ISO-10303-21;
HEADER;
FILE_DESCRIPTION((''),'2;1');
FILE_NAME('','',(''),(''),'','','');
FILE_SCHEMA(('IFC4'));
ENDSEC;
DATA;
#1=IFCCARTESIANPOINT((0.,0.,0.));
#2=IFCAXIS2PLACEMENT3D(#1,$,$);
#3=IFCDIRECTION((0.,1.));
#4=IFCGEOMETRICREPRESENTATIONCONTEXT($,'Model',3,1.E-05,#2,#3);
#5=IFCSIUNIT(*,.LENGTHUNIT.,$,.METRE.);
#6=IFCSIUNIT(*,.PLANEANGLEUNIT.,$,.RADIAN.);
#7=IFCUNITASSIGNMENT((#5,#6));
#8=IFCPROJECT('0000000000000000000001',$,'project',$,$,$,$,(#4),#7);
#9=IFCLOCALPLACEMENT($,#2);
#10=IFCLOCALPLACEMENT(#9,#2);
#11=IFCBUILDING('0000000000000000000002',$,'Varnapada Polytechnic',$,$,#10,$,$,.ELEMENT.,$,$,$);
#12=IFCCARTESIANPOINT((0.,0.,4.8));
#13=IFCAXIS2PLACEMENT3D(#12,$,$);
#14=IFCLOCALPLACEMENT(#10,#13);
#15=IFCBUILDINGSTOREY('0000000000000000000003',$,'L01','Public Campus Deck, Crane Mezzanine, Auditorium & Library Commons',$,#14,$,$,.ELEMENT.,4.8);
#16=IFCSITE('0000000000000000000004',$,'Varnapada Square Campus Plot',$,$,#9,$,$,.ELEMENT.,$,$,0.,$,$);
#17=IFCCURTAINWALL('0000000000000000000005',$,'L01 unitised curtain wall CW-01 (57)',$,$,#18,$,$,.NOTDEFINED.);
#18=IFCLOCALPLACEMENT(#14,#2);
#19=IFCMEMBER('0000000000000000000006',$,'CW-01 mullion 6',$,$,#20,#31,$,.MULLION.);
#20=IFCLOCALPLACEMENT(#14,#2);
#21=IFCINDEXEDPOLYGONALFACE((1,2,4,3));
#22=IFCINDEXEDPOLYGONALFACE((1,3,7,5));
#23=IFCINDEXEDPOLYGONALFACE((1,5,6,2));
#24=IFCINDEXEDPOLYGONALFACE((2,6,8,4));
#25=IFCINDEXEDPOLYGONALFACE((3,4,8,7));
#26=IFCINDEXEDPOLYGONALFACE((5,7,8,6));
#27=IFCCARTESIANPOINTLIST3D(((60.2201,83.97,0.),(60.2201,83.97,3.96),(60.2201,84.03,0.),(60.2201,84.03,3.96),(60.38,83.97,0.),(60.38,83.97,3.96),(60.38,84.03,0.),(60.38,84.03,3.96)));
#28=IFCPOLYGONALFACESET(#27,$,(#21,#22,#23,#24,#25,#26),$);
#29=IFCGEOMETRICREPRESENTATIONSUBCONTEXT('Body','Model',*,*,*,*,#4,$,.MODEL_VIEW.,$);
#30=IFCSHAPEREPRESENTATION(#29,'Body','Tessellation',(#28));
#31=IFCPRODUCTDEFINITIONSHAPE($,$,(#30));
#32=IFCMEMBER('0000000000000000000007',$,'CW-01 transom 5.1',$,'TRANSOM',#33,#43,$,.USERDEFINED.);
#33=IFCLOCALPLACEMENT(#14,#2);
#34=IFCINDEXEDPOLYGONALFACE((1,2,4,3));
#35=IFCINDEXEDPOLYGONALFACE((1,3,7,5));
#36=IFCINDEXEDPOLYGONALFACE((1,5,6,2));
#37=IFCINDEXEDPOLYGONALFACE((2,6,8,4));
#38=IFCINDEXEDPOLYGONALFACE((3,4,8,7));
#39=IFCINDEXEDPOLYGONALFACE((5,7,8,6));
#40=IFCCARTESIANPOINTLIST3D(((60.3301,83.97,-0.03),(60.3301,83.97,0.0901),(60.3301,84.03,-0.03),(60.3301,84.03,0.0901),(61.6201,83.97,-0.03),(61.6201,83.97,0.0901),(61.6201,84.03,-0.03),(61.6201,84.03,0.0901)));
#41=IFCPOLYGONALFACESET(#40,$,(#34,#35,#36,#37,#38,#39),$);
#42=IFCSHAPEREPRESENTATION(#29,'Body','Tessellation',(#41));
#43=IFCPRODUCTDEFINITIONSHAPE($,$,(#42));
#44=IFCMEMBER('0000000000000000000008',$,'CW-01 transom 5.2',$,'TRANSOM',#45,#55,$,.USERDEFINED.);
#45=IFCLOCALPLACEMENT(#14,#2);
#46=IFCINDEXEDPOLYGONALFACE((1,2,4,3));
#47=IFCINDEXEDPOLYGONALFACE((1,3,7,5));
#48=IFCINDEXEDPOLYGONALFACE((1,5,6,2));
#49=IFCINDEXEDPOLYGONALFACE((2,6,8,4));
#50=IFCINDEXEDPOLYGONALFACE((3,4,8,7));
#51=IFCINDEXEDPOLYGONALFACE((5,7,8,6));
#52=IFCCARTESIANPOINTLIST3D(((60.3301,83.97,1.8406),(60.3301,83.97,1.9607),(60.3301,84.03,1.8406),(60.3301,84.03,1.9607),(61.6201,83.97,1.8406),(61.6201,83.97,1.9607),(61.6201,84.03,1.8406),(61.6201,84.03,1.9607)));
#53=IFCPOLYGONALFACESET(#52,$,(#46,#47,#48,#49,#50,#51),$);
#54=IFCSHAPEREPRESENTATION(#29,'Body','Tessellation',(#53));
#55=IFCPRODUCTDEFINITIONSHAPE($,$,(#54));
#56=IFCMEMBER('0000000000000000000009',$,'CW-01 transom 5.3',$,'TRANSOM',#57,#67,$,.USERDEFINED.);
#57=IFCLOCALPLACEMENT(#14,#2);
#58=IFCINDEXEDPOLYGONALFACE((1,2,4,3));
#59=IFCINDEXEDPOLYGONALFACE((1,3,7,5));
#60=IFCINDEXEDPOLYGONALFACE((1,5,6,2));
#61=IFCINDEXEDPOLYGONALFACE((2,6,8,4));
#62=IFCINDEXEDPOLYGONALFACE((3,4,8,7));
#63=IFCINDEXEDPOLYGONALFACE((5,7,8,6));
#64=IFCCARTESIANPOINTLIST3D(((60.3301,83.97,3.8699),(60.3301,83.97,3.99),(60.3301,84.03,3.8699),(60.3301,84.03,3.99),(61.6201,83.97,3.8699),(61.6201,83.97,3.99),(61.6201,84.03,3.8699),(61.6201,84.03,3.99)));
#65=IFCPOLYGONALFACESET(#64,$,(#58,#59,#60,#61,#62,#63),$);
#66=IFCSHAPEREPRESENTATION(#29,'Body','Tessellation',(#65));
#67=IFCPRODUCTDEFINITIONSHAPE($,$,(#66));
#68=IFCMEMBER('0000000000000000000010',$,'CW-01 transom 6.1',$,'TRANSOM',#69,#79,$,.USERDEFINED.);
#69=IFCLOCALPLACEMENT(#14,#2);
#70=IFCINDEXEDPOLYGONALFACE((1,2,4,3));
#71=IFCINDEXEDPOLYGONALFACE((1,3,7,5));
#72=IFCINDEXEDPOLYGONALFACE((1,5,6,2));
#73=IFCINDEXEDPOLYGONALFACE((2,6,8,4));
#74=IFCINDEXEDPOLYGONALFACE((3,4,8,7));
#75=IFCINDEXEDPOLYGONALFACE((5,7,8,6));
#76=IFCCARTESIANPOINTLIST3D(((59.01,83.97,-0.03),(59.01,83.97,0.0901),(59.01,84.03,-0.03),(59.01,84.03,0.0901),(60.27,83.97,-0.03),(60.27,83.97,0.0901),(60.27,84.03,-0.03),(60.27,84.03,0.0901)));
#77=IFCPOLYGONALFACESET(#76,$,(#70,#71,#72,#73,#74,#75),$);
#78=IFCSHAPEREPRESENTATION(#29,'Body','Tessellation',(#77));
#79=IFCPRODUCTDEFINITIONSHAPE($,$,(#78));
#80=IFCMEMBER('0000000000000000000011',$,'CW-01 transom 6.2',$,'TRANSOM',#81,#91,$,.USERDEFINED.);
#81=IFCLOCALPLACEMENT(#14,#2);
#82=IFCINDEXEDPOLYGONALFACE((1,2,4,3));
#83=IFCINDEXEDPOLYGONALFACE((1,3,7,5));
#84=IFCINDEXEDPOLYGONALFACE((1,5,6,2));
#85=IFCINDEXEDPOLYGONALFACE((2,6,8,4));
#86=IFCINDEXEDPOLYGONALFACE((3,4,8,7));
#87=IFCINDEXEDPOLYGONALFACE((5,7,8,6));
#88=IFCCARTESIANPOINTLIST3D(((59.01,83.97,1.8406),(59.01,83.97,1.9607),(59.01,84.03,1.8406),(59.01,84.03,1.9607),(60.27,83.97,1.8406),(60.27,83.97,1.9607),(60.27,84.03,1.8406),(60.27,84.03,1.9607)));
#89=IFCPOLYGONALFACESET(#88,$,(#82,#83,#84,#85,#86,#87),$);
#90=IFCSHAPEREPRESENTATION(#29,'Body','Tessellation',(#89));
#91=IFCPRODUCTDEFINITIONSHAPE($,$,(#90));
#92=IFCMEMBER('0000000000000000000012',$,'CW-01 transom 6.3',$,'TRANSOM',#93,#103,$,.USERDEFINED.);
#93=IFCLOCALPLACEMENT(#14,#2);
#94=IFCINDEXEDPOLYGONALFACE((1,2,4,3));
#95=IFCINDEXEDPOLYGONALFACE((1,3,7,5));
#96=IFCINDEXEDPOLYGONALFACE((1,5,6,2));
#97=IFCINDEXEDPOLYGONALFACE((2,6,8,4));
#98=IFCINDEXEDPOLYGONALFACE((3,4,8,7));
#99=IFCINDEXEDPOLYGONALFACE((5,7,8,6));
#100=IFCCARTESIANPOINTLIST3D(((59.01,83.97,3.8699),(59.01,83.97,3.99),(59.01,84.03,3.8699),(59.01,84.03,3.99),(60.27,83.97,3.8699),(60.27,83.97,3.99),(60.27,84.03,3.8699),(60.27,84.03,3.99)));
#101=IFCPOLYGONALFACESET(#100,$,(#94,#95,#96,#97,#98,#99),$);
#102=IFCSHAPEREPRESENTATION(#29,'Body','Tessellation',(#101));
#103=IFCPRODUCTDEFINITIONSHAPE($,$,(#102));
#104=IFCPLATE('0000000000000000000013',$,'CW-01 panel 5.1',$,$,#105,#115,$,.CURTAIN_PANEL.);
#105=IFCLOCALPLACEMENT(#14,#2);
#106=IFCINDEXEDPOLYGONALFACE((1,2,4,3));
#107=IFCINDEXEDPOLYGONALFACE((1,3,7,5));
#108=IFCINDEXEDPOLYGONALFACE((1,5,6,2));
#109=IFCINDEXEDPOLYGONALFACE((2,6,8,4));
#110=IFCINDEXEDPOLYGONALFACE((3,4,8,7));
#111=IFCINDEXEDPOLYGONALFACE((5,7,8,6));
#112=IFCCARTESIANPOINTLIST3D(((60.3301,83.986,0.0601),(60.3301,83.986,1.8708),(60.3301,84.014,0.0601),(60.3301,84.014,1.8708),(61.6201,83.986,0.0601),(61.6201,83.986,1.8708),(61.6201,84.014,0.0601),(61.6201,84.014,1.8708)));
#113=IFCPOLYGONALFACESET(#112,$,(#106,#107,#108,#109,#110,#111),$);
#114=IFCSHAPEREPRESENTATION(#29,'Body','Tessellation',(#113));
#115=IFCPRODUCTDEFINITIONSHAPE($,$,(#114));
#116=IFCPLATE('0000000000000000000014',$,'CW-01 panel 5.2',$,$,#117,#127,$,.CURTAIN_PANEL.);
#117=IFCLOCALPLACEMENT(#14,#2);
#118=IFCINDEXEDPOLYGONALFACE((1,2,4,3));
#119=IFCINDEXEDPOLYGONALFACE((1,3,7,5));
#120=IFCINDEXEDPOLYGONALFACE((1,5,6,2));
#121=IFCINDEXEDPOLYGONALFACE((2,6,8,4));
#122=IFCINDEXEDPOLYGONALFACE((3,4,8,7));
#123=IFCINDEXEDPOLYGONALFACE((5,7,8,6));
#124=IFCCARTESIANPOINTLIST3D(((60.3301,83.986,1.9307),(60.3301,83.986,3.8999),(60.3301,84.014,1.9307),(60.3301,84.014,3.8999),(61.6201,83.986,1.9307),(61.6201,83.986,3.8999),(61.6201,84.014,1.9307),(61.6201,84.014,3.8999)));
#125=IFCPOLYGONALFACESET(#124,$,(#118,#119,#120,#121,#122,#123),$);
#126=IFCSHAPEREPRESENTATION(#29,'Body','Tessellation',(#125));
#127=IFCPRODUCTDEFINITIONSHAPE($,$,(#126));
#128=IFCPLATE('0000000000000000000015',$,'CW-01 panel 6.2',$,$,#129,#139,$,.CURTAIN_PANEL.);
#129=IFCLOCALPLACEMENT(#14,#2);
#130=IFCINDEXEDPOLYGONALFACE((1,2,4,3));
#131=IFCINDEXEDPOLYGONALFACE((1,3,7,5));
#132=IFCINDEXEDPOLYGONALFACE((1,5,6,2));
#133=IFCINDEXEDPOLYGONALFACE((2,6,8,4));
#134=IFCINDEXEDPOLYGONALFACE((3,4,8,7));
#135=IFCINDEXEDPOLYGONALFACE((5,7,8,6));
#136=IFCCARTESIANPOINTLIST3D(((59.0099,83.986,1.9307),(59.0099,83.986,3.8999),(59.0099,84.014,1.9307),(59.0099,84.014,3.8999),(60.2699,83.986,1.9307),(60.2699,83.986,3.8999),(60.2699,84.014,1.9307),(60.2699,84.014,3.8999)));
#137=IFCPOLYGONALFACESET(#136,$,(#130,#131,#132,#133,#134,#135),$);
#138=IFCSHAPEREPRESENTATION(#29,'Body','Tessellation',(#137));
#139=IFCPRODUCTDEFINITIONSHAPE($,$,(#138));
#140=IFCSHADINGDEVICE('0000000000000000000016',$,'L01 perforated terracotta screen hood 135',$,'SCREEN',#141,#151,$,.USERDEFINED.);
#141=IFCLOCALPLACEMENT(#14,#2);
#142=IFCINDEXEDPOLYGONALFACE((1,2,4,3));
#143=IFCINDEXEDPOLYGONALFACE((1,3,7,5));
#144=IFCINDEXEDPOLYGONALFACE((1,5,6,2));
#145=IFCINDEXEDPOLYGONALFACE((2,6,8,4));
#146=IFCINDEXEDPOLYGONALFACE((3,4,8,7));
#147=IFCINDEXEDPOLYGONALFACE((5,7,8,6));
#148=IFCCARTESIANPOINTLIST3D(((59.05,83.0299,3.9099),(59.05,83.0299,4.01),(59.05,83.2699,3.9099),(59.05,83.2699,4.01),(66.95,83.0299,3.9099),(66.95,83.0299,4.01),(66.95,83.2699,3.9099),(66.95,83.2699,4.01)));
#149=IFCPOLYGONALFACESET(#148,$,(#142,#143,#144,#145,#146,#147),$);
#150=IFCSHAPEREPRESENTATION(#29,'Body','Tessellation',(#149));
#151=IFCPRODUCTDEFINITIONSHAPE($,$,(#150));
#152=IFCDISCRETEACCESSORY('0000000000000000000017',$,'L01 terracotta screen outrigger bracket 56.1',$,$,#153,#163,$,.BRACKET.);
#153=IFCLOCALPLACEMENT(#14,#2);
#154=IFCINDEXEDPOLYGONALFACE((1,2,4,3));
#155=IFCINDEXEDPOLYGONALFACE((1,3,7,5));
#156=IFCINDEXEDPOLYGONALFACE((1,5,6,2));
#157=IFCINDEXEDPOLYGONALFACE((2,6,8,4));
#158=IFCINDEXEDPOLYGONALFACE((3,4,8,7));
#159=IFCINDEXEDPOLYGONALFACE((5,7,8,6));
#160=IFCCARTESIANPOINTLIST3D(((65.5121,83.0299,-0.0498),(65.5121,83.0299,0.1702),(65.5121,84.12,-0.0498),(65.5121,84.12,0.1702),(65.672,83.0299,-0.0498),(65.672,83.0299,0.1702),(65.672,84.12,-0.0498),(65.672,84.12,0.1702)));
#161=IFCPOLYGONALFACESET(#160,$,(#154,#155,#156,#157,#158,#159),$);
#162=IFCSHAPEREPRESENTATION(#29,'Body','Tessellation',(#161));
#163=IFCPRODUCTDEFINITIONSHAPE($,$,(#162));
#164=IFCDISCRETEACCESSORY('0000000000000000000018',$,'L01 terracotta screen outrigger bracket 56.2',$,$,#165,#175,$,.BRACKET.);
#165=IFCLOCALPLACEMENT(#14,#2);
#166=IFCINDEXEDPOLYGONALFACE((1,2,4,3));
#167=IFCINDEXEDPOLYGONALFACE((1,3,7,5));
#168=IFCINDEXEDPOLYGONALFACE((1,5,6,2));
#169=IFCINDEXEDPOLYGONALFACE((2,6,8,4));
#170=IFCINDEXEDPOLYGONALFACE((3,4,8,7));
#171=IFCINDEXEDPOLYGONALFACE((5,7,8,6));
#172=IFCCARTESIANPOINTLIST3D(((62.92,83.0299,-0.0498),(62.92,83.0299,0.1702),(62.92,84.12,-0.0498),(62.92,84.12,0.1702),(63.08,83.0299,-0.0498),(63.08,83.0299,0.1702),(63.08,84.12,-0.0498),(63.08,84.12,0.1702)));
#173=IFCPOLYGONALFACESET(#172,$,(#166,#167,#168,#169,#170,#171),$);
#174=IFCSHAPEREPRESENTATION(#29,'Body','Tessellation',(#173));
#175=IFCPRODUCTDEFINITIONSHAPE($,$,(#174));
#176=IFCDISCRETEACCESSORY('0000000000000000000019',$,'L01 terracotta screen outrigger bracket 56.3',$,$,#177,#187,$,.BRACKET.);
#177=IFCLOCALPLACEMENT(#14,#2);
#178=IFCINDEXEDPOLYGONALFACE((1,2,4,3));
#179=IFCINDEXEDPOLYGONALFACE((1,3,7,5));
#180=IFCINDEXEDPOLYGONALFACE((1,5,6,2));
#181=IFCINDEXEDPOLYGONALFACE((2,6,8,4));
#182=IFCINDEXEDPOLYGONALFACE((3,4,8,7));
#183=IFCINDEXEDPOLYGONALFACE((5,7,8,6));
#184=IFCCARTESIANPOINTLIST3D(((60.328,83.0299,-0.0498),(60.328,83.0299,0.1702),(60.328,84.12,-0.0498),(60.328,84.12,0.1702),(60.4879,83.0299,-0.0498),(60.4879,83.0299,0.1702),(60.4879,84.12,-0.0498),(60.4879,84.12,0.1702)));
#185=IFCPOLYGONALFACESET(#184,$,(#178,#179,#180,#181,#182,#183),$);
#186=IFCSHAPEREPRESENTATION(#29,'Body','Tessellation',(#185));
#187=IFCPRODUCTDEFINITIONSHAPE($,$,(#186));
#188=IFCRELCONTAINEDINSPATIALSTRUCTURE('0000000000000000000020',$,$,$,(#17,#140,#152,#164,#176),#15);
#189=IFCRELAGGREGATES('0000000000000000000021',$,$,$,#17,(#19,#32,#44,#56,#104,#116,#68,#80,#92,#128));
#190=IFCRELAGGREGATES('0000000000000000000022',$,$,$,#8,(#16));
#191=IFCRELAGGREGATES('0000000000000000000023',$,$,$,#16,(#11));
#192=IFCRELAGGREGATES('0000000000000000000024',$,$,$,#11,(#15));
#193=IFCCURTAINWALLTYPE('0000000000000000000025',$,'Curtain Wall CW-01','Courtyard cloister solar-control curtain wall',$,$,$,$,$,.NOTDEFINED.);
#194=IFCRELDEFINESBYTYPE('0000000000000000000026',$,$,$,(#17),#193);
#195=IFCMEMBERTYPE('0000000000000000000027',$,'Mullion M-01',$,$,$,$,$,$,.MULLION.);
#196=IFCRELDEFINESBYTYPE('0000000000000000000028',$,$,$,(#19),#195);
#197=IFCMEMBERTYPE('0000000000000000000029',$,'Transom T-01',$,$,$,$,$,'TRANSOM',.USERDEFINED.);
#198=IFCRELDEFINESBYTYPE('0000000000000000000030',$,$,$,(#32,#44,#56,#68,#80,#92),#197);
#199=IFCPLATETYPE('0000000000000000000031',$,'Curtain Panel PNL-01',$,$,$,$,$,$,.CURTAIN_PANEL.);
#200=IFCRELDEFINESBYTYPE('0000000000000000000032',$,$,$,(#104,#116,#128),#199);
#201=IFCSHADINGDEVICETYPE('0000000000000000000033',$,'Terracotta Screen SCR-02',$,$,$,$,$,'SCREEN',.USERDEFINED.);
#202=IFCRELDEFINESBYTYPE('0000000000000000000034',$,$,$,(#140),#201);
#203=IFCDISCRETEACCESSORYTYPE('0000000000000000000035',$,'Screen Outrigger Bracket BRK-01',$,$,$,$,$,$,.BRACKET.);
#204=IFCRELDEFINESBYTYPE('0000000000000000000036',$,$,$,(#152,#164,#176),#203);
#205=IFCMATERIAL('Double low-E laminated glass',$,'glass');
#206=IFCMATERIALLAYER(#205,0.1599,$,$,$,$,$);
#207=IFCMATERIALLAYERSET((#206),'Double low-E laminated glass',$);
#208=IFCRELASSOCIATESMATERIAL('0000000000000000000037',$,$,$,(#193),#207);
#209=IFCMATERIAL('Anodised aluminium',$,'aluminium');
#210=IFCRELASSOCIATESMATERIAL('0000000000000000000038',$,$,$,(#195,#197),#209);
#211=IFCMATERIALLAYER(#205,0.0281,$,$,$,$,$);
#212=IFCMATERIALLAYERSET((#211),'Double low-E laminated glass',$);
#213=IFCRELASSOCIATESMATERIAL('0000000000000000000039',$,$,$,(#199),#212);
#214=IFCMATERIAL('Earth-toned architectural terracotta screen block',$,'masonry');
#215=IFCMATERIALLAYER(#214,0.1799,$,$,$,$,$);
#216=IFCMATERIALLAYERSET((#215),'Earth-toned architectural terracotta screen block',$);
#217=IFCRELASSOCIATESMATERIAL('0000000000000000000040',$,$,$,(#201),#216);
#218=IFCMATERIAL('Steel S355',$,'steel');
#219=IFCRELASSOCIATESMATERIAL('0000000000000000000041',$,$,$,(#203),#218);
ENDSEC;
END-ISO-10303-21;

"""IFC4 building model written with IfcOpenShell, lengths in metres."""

from ifc_helpers import new_model, si_unit, direction, frame, origin, origin_2d, place, context, subcontext, project, spatial, rectangle, extrude, material, layer, layer_set, material_profile, profile_set, type_object, element, aggregate, save


model = new_model("IFC4")

# Units and contexts
model_context = context("Model", 3, precision=1e-05, world=origin(), true_north=direction((0.0, 1.0)))
body_context = subcontext(model_context, "Body", "Model", "MODEL_VIEW")
ifc_project = project(units=[si_unit("LENGTHUNIT", "METRE"), si_unit("PLANEANGLEUNIT", "RADIAN")], contexts=[model_context])

# Site, building, storey
site_placement = place(None, origin())
site = spatial("IfcSite", under=ifc_project, at=site_placement, Name="Varnapada Square Campus Plot", CompositionType="ELEMENT", RefElevation=0.0)
building_placement = place(site_placement, origin())
building = spatial("IfcBuilding", under=site, at=building_placement, Name="Varnapada Polytechnic", CompositionType="ELEMENT")
storey_placement = place(building_placement, frame((0.0, 0.0, 4.8)))
storey = spatial("IfcBuildingStorey", under=building, at=storey_placement, Name="L01", Description="Public Campus Deck, Crane Mezzanine, Auditorium & Library Commons", CompositionType="ELEMENT", Elevation=4.8)

# Curtain wall, members, plates
ifc_material_1 = material(Name="Double low-E laminated glass", Category="glass")
ifc_layer_1 = layer(ifc_material_1, 0.1599)
ifc_layer_set_1 = layer_set([ifc_layer_1], Name="Double low-E laminated glass")
curtain_wall_type = type_object("IfcCurtainWallType", Name="Curtain Wall CW-01", Description="Courtyard cloister solar-control curtain wall", PredefinedType="NOTDEFINED", material=ifc_layer_set_1)
curtain_wall_placement = place(storey_placement, origin())
curtain_wall = element("IfcCurtainWall", 1, at=curtain_wall_placement, inside=storey, type_object=curtain_wall_type, Name="L01 unitised curtain wall CW-01 (57)", PredefinedType="NOTDEFINED")
ifc_material_2 = material(Name="Anodised aluminium", Category="aluminium")
ifc_material_profile_1 = material_profile(ifc_material_2, rectangle(XDim=0.0601, YDim=0.1599, at=origin_2d()), Name="ALU M60x160")
ifc_profile_set_1 = profile_set([ifc_material_profile_1], Name="Anodised aluminium")
member_type_1 = type_object("IfcMemberType", Name="Mullion M-01", PredefinedType="MULLION", material=ifc_profile_set_1)
member_1_placement = place(storey_placement, frame((60.3, 84.0, 0.0), z_axis=(0.0, 0.0, 1.0), x_axis=(0.0, -1.0, 0.0)))
member_1 = element("IfcMember", 2, at=member_1_placement, type_object=member_type_1, Name="CW-01 mullion 6", PredefinedType="MULLION", context=body_context, shape_type="SweptSolid", body=[
    extrude(rectangle(XDim=0.0601, YDim=0.1599, at=origin_2d()), origin(), (0.0, 0.0, 1.0), 3.96),
])
ifc_material_profile_2 = material_profile(ifc_material_2, rectangle(XDim=0.0601, YDim=0.1201, at=origin_2d()), Name="ALU T60x120")
ifc_profile_set_2 = profile_set([ifc_material_profile_2], Name="Anodised aluminium")
member_type_2 = type_object("IfcMemberType", Name="Transom T-01", ElementType="TRANSOM", PredefinedType="USERDEFINED", material=ifc_profile_set_2)
member_2_placement = place(storey_placement, frame((61.6201, 84.0, 0.03), z_axis=(-1.0, 0.0, 0.0), x_axis=(0.0, -1.0, 0.0)))
member_2 = element("IfcMember", 3, at=member_2_placement, type_object=member_type_2, Name="CW-01 transom 5.1", ObjectType="TRANSOM", PredefinedType="USERDEFINED", context=body_context, shape_type="SweptSolid", body=[
    extrude(rectangle(XDim=0.0601, YDim=0.1201, at=origin_2d()), origin(), (0.0, 0.0, 1.0), 1.29),
])
member_3_placement = place(storey_placement, frame((61.6201, 84.0, 1.9006), z_axis=(-1.0, 0.0, 0.0), x_axis=(0.0, -1.0, 0.0)))
member_3 = element("IfcMember", 4, at=member_3_placement, type_object=member_type_2, Name="CW-01 transom 5.2", ObjectType="TRANSOM", PredefinedType="USERDEFINED", context=body_context, shape_type="SweptSolid", body=[
    extrude(rectangle(XDim=0.0601, YDim=0.1201, at=origin_2d()), origin(), (0.0, 0.0, 1.0), 1.29),
])
member_4_placement = place(storey_placement, frame((61.6201, 84.0, 3.9299), z_axis=(-1.0, 0.0, 0.0), x_axis=(0.0, -1.0, 0.0)))
member_4 = element("IfcMember", 5, at=member_4_placement, type_object=member_type_2, Name="CW-01 transom 5.3", ObjectType="TRANSOM", PredefinedType="USERDEFINED", context=body_context, shape_type="SweptSolid", body=[
    extrude(rectangle(XDim=0.0601, YDim=0.1201, at=origin_2d()), origin(), (0.0, 0.0, 1.0), 1.29),
])
member_5_placement = place(storey_placement, frame((60.27, 84.0, 0.03), z_axis=(-1.0, 0.0, 0.0), x_axis=(0.0, -1.0, 0.0)))
member_5 = element("IfcMember", 6, at=member_5_placement, type_object=member_type_2, Name="CW-01 transom 6.1", ObjectType="TRANSOM", PredefinedType="USERDEFINED", context=body_context, shape_type="SweptSolid", body=[
    extrude(rectangle(XDim=0.0601, YDim=0.1201, at=origin_2d()), origin(), (0.0, 0.0, 1.0), 1.26),
])
member_6_placement = place(storey_placement, frame((60.27, 84.0, 1.9006), z_axis=(-1.0, 0.0, 0.0), x_axis=(0.0, -1.0, 0.0)))
member_6 = element("IfcMember", 7, at=member_6_placement, type_object=member_type_2, Name="CW-01 transom 6.2", ObjectType="TRANSOM", PredefinedType="USERDEFINED", context=body_context, shape_type="SweptSolid", body=[
    extrude(rectangle(XDim=0.0601, YDim=0.1201, at=origin_2d()), origin(), (0.0, 0.0, 1.0), 1.26),
])
member_7_placement = place(storey_placement, frame((60.27, 84.0, 3.9299), z_axis=(-1.0, 0.0, 0.0), x_axis=(0.0, -1.0, 0.0)))
member_7 = element("IfcMember", 8, at=member_7_placement, type_object=member_type_2, Name="CW-01 transom 6.3", ObjectType="TRANSOM", PredefinedType="USERDEFINED", context=body_context, shape_type="SweptSolid", body=[
    extrude(rectangle(XDim=0.0601, YDim=0.1201, at=origin_2d()), origin(), (0.0, 0.0, 1.0), 1.26),
])
ifc_layer_2 = layer(ifc_material_1, 0.0281)
ifc_layer_set_2 = layer_set([ifc_layer_2], Name="Double low-E laminated glass")
plate_type = type_object("IfcPlateType", Name="Curtain Panel PNL-01", PredefinedType="CURTAIN_PANEL", material=ifc_layer_set_2)
plate_1_placement = place(storey_placement, frame((60.9751, 84.0, 0.0601), z_axis=(0.0, 0.0, 1.0), x_axis=(-1.0, 0.0, 0.0)))
plate_1 = element("IfcPlate", 9, at=plate_1_placement, type_object=plate_type, Name="CW-01 panel 5.1", PredefinedType="CURTAIN_PANEL", context=body_context, shape_type="SweptSolid", body=[
    extrude(rectangle(XDim=1.29, YDim=0.0281, at=origin_2d()), origin(), (0.0, 0.0, 1.0), 1.8108),
])
plate_2_placement = place(storey_placement, frame((60.9751, 84.0, 1.9307), z_axis=(0.0, 0.0, 1.0), x_axis=(-1.0, 0.0, 0.0)))
plate_2 = element("IfcPlate", 10, at=plate_2_placement, type_object=plate_type, Name="CW-01 panel 5.2", PredefinedType="CURTAIN_PANEL", context=body_context, shape_type="SweptSolid", body=[
    extrude(rectangle(XDim=1.29, YDim=0.0281, at=origin_2d()), origin(), (0.0, 0.0, 1.0), 1.9692),
])
plate_3_placement = place(storey_placement, frame((59.6399, 84.0, 1.9307), z_axis=(0.0, 0.0, 1.0), x_axis=(-1.0, 0.0, 0.0)))
plate_3 = element("IfcPlate", 11, at=plate_3_placement, type_object=plate_type, Name="CW-01 panel 6.2", PredefinedType="CURTAIN_PANEL", context=body_context, shape_type="SweptSolid", body=[
    extrude(rectangle(XDim=1.26, YDim=0.0281, at=origin_2d()), origin(), (0.0, 0.0, 1.0), 1.9692),
])
aggregate(curtain_wall, [member_1, member_2, member_3, member_4, plate_1, plate_2, member_5, member_6, member_7, plate_3])

# Shading device
ifc_material_3 = material(Name="Earth-toned architectural terracotta screen block", Category="masonry")
ifc_layer_3 = layer(ifc_material_3, 0.1799)
ifc_layer_set_3 = layer_set([ifc_layer_3], Name="Earth-toned architectural terracotta screen block")
shading_device_type = type_object("IfcShadingDeviceType", Name="Terracotta Screen SCR-02", ElementType="SCREEN", PredefinedType="USERDEFINED", material=ifc_layer_set_3)
shading_device_placement = place(storey_placement, frame((63.0, 83.1499, 3.9099), z_axis=(0.0, 0.0, 1.0), x_axis=(-1.0, 0.0, 0.0)))
element("IfcShadingDevice", 12, at=shading_device_placement, inside=storey, type_object=shading_device_type, Name="L01 perforated terracotta screen hood 135", ObjectType="SCREEN", PredefinedType="USERDEFINED", context=body_context, shape_type="SweptSolid", body=[
    extrude(rectangle(XDim=7.8999, YDim=0.24, at=origin_2d()), origin(), (0.0, 0.0, 1.0), 0.1001),
])

# Discrete accessories
ifc_material_4 = material(Name="Steel S355", Category="steel")
discrete_accessory_type = type_object("IfcDiscreteAccessoryType", Name="Screen Outrigger Bracket BRK-01", PredefinedType="BRACKET", material=ifc_material_4)
for number, where, z_axis, x_axis, name in (
    (13, (65.592, 83.575, -0.0498), (0.0, 0.0, 1.0), (-1.0, 0.0, 0.0), "L01 terracotta screen outrigger bracket 56.1"),
    (14, (63.0, 83.575, -0.0498), (0.0, 0.0, 1.0), (-1.0, 0.0, 0.0), "L01 terracotta screen outrigger bracket 56.2"),
    (15, (60.408, 83.575, -0.0498), (0.0, 0.0, 1.0), (-1.0, 0.0, 0.0), "L01 terracotta screen outrigger bracket 56.3"),
):
    element("IfcDiscreteAccessory", number, at=place(storey_placement, frame(where, z_axis=z_axis, x_axis=x_axis)), inside=storey, type_object=discrete_accessory_type, Name=name, PredefinedType="BRACKET", context=body_context, shape_type="SweptSolid", body=[
        extrude(rectangle(XDim=0.1599, YDim=1.0901, at=origin_2d()), origin(), (0.0, 0.0, 1.0), 0.22),
    ])

save(model, "model.ifc")
